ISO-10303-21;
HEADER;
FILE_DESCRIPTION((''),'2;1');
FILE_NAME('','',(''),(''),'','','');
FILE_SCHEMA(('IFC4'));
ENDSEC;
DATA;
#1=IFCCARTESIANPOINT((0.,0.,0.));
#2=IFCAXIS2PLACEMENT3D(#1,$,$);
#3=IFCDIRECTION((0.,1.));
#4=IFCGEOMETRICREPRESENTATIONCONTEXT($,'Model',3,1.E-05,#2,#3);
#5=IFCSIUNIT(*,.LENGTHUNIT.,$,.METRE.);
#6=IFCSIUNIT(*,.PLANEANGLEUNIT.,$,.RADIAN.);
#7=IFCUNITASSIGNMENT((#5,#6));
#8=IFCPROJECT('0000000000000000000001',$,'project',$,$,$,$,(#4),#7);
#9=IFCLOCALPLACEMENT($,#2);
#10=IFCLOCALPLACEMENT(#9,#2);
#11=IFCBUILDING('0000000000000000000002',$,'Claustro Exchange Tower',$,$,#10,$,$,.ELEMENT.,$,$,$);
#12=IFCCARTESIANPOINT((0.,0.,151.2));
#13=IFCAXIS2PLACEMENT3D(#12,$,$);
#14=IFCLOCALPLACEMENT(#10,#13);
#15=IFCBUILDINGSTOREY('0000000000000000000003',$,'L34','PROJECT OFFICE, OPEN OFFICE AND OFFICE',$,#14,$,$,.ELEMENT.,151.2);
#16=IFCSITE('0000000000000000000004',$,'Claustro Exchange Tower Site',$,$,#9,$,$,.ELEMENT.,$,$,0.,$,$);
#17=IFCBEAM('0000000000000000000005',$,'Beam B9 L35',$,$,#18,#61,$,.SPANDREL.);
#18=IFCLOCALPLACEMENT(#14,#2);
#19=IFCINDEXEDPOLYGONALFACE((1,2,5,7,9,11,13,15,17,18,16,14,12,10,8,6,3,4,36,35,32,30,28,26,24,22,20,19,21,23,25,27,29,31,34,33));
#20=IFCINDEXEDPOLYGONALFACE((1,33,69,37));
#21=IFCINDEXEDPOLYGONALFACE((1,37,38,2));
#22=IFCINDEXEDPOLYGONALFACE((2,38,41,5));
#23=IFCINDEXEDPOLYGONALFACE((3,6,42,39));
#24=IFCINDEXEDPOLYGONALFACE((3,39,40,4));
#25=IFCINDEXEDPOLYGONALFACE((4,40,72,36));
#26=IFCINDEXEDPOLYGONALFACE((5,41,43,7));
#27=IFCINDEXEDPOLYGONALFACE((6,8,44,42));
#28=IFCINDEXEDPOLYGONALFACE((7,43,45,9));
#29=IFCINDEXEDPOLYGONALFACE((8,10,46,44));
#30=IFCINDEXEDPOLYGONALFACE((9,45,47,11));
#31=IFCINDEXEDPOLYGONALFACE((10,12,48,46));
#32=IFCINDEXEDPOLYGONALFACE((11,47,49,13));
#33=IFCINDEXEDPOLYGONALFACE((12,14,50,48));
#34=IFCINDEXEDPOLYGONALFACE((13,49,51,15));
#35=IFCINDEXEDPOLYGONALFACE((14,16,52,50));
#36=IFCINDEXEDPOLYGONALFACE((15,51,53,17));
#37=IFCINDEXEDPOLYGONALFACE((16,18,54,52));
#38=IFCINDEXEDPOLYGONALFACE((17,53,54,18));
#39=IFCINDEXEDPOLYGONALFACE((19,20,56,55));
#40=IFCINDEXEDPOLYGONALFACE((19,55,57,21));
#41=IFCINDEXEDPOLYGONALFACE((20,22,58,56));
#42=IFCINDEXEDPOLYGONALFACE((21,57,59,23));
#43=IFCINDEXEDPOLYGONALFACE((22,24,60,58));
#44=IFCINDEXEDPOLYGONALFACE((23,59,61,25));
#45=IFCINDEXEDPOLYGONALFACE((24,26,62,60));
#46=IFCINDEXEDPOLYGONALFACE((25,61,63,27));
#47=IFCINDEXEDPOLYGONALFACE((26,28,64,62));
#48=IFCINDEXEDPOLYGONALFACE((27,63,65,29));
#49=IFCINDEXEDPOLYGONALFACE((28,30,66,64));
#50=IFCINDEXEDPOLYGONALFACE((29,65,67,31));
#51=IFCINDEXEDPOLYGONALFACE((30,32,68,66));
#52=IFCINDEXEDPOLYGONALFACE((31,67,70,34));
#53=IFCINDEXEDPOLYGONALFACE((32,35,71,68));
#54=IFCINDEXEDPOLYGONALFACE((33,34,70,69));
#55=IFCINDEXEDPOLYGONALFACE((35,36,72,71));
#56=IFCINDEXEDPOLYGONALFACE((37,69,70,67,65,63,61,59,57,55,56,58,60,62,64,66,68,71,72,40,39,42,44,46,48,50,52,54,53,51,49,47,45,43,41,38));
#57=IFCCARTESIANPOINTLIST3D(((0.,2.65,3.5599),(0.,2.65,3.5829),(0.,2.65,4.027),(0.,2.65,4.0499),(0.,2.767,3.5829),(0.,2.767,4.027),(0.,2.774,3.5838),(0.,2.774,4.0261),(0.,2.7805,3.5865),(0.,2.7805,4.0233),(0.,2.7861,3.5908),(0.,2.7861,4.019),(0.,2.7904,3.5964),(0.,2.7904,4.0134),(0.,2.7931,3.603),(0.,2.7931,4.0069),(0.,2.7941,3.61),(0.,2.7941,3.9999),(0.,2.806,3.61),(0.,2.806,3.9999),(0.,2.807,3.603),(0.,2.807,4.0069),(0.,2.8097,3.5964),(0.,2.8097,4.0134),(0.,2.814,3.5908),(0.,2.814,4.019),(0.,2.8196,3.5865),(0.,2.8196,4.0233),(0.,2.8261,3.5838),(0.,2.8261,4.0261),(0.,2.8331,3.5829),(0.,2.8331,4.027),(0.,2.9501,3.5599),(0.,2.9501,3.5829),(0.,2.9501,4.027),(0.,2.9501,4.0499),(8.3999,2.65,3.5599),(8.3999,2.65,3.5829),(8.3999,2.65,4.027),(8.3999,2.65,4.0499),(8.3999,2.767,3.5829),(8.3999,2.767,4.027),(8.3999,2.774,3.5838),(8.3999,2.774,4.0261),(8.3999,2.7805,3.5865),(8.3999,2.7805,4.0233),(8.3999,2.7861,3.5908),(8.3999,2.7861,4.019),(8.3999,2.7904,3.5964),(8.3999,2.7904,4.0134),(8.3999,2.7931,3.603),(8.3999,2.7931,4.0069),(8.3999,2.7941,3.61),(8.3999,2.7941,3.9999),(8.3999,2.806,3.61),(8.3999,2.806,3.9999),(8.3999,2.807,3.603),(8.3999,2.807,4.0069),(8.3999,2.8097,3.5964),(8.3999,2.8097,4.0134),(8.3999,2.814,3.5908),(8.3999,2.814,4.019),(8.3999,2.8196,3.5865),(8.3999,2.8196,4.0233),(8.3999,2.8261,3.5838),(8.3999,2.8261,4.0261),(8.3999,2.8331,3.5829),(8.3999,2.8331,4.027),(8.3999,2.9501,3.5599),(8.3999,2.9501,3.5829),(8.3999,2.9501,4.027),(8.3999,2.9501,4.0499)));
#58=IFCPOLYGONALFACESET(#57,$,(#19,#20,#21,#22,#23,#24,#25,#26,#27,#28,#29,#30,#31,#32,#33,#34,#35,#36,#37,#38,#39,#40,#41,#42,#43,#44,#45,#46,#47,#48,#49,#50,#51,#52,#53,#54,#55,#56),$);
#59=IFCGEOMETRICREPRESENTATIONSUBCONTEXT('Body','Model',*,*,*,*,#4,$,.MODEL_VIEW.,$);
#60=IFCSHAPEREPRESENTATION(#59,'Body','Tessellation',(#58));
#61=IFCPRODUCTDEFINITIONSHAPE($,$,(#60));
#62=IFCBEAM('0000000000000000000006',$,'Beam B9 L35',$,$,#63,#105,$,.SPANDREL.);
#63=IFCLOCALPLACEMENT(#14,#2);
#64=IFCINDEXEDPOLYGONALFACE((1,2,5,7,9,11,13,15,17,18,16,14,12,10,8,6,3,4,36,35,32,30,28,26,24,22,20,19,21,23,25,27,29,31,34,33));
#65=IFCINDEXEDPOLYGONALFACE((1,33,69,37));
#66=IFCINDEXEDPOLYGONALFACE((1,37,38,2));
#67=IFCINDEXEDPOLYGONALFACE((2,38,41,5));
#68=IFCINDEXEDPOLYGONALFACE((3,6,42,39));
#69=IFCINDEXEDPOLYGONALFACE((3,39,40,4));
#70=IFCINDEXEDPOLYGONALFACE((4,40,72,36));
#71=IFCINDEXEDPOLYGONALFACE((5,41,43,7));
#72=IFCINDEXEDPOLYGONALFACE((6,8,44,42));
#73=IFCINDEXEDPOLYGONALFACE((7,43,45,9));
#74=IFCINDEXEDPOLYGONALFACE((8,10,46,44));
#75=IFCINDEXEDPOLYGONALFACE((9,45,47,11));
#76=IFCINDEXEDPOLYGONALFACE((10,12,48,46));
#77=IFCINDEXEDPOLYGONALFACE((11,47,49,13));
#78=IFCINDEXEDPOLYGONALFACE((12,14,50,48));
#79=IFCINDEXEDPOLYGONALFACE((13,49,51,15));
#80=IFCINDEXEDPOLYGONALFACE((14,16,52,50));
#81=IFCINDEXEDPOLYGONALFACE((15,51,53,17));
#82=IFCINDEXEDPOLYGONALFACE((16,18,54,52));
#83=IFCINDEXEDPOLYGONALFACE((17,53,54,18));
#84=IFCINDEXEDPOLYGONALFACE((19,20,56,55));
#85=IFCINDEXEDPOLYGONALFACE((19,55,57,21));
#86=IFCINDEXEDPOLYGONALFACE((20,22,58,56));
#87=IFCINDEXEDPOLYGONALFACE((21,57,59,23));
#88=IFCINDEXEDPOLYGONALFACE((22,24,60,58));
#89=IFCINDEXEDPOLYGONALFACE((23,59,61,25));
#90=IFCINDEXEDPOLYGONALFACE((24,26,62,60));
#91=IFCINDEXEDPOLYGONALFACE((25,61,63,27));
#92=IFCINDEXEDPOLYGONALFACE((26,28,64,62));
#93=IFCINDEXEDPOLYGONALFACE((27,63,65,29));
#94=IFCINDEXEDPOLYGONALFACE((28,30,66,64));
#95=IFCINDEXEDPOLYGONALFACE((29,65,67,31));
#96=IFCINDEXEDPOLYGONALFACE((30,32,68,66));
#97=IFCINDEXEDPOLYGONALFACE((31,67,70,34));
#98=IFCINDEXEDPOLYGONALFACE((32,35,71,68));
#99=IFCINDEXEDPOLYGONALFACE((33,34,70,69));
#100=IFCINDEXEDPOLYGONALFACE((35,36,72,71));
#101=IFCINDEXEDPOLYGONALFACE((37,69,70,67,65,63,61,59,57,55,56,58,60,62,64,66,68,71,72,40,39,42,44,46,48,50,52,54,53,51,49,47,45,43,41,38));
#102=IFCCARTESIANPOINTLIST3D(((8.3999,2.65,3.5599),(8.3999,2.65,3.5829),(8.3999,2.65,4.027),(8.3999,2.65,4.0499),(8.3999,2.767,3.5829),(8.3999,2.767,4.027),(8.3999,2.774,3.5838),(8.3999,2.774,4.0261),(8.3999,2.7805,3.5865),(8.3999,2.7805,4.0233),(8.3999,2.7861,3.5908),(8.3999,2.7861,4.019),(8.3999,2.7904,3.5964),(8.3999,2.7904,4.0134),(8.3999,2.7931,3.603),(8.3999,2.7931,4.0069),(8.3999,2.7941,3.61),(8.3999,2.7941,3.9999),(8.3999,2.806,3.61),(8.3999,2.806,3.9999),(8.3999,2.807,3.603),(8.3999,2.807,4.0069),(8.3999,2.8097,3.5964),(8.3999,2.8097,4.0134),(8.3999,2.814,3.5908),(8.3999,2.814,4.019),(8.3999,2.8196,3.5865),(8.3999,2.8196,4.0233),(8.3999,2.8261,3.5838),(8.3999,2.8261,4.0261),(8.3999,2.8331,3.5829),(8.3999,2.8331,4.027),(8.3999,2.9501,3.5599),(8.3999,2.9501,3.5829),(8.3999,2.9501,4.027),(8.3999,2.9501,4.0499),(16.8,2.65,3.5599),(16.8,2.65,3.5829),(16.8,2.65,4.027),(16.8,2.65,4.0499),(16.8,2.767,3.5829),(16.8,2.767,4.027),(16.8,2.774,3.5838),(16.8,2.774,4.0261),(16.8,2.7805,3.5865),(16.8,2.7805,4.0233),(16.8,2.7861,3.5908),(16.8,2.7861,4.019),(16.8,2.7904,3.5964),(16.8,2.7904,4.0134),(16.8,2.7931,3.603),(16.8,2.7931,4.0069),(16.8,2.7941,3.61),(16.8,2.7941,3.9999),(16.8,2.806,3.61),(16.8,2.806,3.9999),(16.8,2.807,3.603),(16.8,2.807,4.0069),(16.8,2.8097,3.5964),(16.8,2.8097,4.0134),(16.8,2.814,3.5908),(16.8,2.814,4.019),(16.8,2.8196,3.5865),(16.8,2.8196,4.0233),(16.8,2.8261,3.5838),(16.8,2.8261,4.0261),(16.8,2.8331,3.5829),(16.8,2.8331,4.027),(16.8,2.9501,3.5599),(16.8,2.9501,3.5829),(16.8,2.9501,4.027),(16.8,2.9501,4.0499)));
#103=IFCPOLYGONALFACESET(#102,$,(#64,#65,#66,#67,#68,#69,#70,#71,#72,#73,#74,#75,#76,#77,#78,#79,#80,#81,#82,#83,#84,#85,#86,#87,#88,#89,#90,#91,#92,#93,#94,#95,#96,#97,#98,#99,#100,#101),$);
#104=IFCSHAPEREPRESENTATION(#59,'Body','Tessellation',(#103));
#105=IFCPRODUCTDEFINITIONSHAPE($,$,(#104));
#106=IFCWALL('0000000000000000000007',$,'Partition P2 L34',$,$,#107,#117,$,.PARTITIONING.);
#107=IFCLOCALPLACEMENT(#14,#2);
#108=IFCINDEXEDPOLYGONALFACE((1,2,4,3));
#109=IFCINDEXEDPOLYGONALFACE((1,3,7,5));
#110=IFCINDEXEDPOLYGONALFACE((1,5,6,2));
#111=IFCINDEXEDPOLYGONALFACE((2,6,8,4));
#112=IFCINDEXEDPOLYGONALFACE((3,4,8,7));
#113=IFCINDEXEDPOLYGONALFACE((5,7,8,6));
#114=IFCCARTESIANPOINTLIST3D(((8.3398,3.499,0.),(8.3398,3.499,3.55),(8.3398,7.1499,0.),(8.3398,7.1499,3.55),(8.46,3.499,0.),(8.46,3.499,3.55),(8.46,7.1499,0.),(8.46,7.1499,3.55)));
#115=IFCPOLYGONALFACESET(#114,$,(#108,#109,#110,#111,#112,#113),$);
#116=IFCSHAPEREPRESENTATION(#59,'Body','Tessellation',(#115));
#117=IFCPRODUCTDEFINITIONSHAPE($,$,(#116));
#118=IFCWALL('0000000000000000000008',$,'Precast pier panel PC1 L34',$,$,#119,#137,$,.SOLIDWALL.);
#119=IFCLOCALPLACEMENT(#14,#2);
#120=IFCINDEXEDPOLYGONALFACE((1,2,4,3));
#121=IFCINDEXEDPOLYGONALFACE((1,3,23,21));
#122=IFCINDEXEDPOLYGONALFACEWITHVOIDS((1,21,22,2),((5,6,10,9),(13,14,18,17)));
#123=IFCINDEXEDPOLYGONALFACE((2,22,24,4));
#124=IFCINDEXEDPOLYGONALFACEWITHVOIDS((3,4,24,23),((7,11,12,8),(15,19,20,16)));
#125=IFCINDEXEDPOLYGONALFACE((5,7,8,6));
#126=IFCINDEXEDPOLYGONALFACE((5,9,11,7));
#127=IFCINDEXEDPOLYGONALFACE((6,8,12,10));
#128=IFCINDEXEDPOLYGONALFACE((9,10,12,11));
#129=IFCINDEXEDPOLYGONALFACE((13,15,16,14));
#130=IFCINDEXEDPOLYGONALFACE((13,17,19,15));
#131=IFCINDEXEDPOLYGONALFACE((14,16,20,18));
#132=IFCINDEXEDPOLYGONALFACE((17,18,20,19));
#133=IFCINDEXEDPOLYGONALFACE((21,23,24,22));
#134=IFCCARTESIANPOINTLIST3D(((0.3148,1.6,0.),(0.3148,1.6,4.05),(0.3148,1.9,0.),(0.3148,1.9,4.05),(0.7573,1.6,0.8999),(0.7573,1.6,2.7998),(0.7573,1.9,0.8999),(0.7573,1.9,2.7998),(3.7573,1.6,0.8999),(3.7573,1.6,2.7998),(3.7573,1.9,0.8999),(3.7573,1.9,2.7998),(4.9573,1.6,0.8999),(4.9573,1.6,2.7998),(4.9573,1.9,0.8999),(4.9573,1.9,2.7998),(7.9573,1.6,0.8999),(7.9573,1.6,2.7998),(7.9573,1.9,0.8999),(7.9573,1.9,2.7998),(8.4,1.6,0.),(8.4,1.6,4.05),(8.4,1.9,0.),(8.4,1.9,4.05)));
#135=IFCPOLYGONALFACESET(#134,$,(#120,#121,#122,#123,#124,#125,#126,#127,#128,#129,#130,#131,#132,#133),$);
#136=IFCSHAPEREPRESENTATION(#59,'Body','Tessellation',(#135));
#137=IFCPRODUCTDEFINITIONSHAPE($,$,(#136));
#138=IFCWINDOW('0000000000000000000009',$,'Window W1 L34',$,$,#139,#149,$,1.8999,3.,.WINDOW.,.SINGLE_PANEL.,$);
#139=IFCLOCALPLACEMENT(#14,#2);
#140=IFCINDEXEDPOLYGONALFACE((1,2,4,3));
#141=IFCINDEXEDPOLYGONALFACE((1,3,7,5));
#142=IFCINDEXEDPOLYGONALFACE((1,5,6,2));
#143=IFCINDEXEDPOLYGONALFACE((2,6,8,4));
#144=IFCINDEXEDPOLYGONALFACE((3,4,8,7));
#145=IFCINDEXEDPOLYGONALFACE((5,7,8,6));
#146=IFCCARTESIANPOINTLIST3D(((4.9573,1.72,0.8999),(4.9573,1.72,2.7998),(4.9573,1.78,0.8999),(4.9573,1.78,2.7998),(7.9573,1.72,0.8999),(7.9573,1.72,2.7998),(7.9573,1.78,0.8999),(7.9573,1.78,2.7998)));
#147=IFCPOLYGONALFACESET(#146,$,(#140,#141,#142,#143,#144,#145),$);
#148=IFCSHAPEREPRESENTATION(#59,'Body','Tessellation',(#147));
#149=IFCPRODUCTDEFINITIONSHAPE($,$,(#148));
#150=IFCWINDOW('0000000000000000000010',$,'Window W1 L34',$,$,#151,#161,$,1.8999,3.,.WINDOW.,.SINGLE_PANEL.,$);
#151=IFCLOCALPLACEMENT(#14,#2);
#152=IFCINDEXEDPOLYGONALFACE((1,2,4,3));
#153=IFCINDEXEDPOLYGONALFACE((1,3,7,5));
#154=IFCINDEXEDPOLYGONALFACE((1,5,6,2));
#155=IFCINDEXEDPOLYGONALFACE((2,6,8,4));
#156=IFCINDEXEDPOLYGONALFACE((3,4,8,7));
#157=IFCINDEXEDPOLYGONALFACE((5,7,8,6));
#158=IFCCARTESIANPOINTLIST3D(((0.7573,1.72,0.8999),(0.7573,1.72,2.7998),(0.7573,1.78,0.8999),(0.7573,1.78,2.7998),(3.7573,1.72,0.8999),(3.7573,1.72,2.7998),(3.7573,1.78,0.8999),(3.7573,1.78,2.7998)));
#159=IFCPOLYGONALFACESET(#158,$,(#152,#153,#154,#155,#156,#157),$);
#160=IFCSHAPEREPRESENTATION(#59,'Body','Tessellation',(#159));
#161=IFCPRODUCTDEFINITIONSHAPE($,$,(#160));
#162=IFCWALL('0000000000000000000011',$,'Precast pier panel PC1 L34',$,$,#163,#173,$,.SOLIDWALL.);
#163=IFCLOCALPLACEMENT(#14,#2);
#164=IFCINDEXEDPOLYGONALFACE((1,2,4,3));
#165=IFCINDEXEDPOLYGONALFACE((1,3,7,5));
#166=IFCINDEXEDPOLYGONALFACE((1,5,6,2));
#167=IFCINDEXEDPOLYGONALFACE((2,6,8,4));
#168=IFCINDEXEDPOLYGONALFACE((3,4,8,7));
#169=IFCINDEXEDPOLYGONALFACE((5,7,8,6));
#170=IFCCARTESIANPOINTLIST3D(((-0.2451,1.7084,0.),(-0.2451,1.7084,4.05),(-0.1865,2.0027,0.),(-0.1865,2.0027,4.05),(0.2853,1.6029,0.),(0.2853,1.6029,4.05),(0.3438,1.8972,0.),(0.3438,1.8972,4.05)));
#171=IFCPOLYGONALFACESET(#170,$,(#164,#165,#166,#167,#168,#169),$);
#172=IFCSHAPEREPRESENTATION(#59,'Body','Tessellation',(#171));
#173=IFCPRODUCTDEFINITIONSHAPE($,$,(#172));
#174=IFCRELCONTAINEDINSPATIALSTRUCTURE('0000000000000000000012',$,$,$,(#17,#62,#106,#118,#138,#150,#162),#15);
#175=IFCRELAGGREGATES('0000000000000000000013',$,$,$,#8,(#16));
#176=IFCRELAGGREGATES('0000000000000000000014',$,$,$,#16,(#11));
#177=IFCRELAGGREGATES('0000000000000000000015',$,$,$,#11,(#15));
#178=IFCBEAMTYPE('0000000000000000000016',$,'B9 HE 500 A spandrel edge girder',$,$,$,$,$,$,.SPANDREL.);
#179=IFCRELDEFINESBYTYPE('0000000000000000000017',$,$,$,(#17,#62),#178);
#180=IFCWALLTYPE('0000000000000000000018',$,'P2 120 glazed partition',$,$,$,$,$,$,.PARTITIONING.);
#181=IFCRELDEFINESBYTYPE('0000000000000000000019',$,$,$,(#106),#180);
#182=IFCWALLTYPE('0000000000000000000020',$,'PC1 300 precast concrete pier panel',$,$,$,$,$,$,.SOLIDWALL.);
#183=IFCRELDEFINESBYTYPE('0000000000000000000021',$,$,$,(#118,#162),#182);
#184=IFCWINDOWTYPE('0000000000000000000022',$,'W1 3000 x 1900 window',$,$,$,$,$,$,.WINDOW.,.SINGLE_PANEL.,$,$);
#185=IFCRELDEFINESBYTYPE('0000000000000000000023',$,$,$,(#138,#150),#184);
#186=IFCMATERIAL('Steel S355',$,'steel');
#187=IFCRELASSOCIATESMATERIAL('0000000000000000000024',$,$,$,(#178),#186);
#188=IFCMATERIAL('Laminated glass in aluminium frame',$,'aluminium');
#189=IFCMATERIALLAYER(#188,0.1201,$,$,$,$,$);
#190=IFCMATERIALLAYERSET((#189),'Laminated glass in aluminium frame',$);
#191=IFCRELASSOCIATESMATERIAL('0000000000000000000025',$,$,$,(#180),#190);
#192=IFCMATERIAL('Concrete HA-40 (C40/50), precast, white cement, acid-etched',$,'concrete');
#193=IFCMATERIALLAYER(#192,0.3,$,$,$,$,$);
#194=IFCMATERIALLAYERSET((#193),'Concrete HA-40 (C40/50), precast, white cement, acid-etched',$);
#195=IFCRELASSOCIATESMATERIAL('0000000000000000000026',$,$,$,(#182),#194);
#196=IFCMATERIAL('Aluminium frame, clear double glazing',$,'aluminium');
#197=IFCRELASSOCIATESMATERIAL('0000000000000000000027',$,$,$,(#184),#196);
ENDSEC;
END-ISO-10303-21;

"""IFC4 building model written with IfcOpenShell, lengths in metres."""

from ifc_helpers import new_model, si_unit, direction, frame, frame_2d, origin, origin_2d, place, context, subcontext, project, spatial, rectangle, i_section, extrude, material, layer, layer_set, material_profile, profile_set, type_object, element, fill, save


model = new_model("IFC4")

# Units and contexts
model_context = context("Model", 3, precision=1e-05, world=origin(), true_north=direction((0.0, 1.0)))
body_context = subcontext(model_context, "Body", "Model", "MODEL_VIEW")
ifc_project = project(units=[si_unit("LENGTHUNIT", "METRE"), si_unit("PLANEANGLEUNIT", "RADIAN")], contexts=[model_context])

# Site, building, storey
site_placement = place(None, origin())
site = spatial("IfcSite", under=ifc_project, at=site_placement, Name="Claustro Exchange Tower Site", CompositionType="ELEMENT", RefElevation=0.0)
building_placement = place(site_placement, origin())
building = spatial("IfcBuilding", under=site, at=building_placement, Name="Claustro Exchange Tower", CompositionType="ELEMENT")
storey_placement = place(building_placement, frame((0.0, 0.0, 151.2)))
storey = spatial("IfcBuildingStorey", under=building, at=storey_placement, Name="L34", Description="PROJECT OFFICE, OPEN OFFICE AND OFFICE", CompositionType="ELEMENT", Elevation=151.2)

# Beams
ifc_material_1 = material(Name="Steel S355", Category="steel")
ifc_material_profile_1 = material_profile(ifc_material_1, i_section(OverallWidth=0.3, OverallDepth=0.49, WebThickness=0.012, FlangeThickness=0.0229, FilletRadius=0.0271, at=origin_2d()), Name="HE 500 A")
ifc_profile_set_1 = profile_set([ifc_material_profile_1], Name="Steel S355")
beam_type_1 = type_object("IfcBeamType", Name="B9 HE 500 A spandrel edge girder", PredefinedType="SPANDREL", material=ifc_profile_set_1)
beam_1_placement = place(storey_placement, frame((0.0, 2.8, 3.8049), z_axis=(1.0, 0.0, 0.0), x_axis=(0.0, 1.0, 0.0)))
element("IfcBeam", 1, at=beam_1_placement, inside=storey, type_object=beam_type_1, Name="Beam B9 L35", PredefinedType="SPANDREL", context=body_context, shape_type="SweptSolid", body=[
    extrude(i_section(OverallWidth=0.3, OverallDepth=0.49, WebThickness=0.012, FlangeThickness=0.0229, FilletRadius=0.0271, at=origin_2d()), origin(), (0.0, 0.0, 1.0), 8.3999),
])
beam_2_placement = place(storey_placement, frame((8.3999, 2.8, 3.8049), z_axis=(1.0, 0.0, 0.0), x_axis=(0.0, 1.0, 0.0)))
element("IfcBeam", 2, at=beam_2_placement, inside=storey, type_object=beam_type_1, Name="Beam B9 L35", PredefinedType="SPANDREL", context=body_context, shape_type="SweptSolid", body=[
    extrude(i_section(OverallWidth=0.3, OverallDepth=0.49, WebThickness=0.012, FlangeThickness=0.0229, FilletRadius=0.0271, at=origin_2d()), origin(), (0.0, 0.0, 1.0), 8.4001),
])

# Wall
ifc_material_2 = material(Name="Laminated glass in aluminium frame", Category="aluminium")
ifc_layer_1 = layer(ifc_material_2, 0.1201)
ifc_layer_set_1 = layer_set([ifc_layer_1], Name="Laminated glass in aluminium frame")
wall_type_1 = type_object("IfcWallType", Name="P2 120 glazed partition", PredefinedType="PARTITIONING", material=ifc_layer_set_1)
wall_1_placement = place(storey_placement, frame((8.3999, 3.499, 0.0), z_axis=(0.0, 0.0, 1.0), x_axis=(0.0, 1.0, 0.0)))
element("IfcWall", 3, at=wall_1_placement, inside=storey, type_object=wall_type_1, Name="Partition P2 L34", PredefinedType="PARTITIONING", context=body_context, shape_type="SweptSolid", body=[
    extrude(rectangle(XDim=3.6509, YDim=0.1201, at=frame_2d((1.8254, 0.0))), origin(), (0.0, 0.0, 1.0), 3.55),
])

# Wall, openings, windows
ifc_material_3 = material(Name="Concrete HA-40 (C40/50), precast, white cement, acid-etched", Category="concrete")
ifc_layer_2 = layer(ifc_material_3, 0.3)
ifc_layer_set_2 = layer_set([ifc_layer_2], Name="Concrete HA-40 (C40/50), precast, white cement, acid-etched")
wall_type_2 = type_object("IfcWallType", Name="PC1 300 precast concrete pier panel", PredefinedType="SOLIDWALL", material=ifc_layer_set_2)
wall_2_placement = place(storey_placement, frame((8.3999, 1.75, 0.0), z_axis=(0.0, 0.0, 1.0), x_axis=(-1.0, 0.0, 0.0)))
wall_2 = element("IfcWall", 4, at=wall_2_placement, inside=storey, type_object=wall_type_2, Name="Precast pier panel PC1 L34", PredefinedType="SOLIDWALL", context=body_context, shape_type="SweptSolid", body=[
    extrude(rectangle(XDim=8.0852, YDim=0.3, at=frame_2d((4.0425, 0.0))), origin(), (0.0, 0.0, 1.0), 4.05),
])
opening_1_placement = place(wall_2_placement, frame((0.4426, 0.0, 0.8999)))
opening_1 = element("IfcOpeningElement", 5, at=opening_1_placement, cuts=wall_2, PredefinedType="OPENING", context=body_context, shape_type="SweptSolid", body=[
    extrude(rectangle(XDim=3.0, YDim=1.8999, at=frame_2d((1.5, 0.95))), frame((0.0, 0.1599, 0.0), z_axis=(0.0, -1.0, 0.0), x_axis=(1.0, 0.0, 0.0)), (0.0, 0.0, 1.0), 0.3201),
])
opening_2_placement = place(wall_2_placement, frame((4.6426, 0.0, 0.8999)))
opening_2 = element("IfcOpeningElement", 6, at=opening_2_placement, cuts=wall_2, PredefinedType="OPENING", context=body_context, shape_type="SweptSolid", body=[
    extrude(rectangle(XDim=3.0, YDim=1.8999, at=frame_2d((1.5, 0.95))), frame((0.0, 0.1599, 0.0), z_axis=(0.0, -1.0, 0.0), x_axis=(1.0, 0.0, 0.0)), (0.0, 0.0, 1.0), 0.3201),
])
ifc_material_4 = material(Name="Aluminium frame, clear double glazing", Category="aluminium")
window_type = type_object("IfcWindowType", Name="W1 3000 x 1900 window", PartitioningType="SINGLE_PANEL", PredefinedType="WINDOW", material=ifc_material_4)
window_1_placement = place(opening_1_placement, origin())
window_1 = element("IfcWindow", 7, at=window_1_placement, inside=storey, type_object=window_type, Name="Window W1 L34", OverallHeight=1.8999, OverallWidth=3.0, PartitioningType="SINGLE_PANEL", PredefinedType="WINDOW", context=body_context, shape_type="SweptSolid", body=[
    extrude(rectangle(XDim=3.0, YDim=1.8999, at=frame_2d((1.5, 0.95))), frame((0.0, 0.03, 0.0), z_axis=(0.0, -1.0, 0.0), x_axis=(1.0, 0.0, 0.0)), (0.0, 0.0, 1.0), 0.0601),
])
fill(opening_1, window_1)
window_2_placement = place(opening_2_placement, origin())
window_2 = element("IfcWindow", 8, at=window_2_placement, inside=storey, type_object=window_type, Name="Window W1 L34", OverallHeight=1.8999, OverallWidth=3.0, PartitioningType="SINGLE_PANEL", PredefinedType="WINDOW", context=body_context, shape_type="SweptSolid", body=[
    extrude(rectangle(XDim=3.0, YDim=1.8999, at=frame_2d((1.5, 0.95))), frame((0.0, 0.03, 0.0), z_axis=(0.0, -1.0, 0.0), x_axis=(1.0, 0.0, 0.0)), (0.0, 0.0, 1.0), 0.0601),
])
fill(opening_2, window_2)

# Wall
wall_3_placement = place(storey_placement, frame((0.3147, 1.75, 0.0), z_axis=(0.0, 0.0, 1.0), x_axis=(-0.980789, 0.195074, 0.0)))
element("IfcWall", 9, at=wall_3_placement, inside=storey, type_object=wall_type_2, Name="Precast pier panel PC1 L34", PredefinedType="SOLIDWALL", context=body_context, shape_type="SweptSolid", body=[
    extrude(rectangle(XDim=0.5408, YDim=0.3, at=frame_2d((0.2705, 0.0))), origin(), (0.0, 0.0, 1.0), 4.05),
])

save(model, "model.ifc")
